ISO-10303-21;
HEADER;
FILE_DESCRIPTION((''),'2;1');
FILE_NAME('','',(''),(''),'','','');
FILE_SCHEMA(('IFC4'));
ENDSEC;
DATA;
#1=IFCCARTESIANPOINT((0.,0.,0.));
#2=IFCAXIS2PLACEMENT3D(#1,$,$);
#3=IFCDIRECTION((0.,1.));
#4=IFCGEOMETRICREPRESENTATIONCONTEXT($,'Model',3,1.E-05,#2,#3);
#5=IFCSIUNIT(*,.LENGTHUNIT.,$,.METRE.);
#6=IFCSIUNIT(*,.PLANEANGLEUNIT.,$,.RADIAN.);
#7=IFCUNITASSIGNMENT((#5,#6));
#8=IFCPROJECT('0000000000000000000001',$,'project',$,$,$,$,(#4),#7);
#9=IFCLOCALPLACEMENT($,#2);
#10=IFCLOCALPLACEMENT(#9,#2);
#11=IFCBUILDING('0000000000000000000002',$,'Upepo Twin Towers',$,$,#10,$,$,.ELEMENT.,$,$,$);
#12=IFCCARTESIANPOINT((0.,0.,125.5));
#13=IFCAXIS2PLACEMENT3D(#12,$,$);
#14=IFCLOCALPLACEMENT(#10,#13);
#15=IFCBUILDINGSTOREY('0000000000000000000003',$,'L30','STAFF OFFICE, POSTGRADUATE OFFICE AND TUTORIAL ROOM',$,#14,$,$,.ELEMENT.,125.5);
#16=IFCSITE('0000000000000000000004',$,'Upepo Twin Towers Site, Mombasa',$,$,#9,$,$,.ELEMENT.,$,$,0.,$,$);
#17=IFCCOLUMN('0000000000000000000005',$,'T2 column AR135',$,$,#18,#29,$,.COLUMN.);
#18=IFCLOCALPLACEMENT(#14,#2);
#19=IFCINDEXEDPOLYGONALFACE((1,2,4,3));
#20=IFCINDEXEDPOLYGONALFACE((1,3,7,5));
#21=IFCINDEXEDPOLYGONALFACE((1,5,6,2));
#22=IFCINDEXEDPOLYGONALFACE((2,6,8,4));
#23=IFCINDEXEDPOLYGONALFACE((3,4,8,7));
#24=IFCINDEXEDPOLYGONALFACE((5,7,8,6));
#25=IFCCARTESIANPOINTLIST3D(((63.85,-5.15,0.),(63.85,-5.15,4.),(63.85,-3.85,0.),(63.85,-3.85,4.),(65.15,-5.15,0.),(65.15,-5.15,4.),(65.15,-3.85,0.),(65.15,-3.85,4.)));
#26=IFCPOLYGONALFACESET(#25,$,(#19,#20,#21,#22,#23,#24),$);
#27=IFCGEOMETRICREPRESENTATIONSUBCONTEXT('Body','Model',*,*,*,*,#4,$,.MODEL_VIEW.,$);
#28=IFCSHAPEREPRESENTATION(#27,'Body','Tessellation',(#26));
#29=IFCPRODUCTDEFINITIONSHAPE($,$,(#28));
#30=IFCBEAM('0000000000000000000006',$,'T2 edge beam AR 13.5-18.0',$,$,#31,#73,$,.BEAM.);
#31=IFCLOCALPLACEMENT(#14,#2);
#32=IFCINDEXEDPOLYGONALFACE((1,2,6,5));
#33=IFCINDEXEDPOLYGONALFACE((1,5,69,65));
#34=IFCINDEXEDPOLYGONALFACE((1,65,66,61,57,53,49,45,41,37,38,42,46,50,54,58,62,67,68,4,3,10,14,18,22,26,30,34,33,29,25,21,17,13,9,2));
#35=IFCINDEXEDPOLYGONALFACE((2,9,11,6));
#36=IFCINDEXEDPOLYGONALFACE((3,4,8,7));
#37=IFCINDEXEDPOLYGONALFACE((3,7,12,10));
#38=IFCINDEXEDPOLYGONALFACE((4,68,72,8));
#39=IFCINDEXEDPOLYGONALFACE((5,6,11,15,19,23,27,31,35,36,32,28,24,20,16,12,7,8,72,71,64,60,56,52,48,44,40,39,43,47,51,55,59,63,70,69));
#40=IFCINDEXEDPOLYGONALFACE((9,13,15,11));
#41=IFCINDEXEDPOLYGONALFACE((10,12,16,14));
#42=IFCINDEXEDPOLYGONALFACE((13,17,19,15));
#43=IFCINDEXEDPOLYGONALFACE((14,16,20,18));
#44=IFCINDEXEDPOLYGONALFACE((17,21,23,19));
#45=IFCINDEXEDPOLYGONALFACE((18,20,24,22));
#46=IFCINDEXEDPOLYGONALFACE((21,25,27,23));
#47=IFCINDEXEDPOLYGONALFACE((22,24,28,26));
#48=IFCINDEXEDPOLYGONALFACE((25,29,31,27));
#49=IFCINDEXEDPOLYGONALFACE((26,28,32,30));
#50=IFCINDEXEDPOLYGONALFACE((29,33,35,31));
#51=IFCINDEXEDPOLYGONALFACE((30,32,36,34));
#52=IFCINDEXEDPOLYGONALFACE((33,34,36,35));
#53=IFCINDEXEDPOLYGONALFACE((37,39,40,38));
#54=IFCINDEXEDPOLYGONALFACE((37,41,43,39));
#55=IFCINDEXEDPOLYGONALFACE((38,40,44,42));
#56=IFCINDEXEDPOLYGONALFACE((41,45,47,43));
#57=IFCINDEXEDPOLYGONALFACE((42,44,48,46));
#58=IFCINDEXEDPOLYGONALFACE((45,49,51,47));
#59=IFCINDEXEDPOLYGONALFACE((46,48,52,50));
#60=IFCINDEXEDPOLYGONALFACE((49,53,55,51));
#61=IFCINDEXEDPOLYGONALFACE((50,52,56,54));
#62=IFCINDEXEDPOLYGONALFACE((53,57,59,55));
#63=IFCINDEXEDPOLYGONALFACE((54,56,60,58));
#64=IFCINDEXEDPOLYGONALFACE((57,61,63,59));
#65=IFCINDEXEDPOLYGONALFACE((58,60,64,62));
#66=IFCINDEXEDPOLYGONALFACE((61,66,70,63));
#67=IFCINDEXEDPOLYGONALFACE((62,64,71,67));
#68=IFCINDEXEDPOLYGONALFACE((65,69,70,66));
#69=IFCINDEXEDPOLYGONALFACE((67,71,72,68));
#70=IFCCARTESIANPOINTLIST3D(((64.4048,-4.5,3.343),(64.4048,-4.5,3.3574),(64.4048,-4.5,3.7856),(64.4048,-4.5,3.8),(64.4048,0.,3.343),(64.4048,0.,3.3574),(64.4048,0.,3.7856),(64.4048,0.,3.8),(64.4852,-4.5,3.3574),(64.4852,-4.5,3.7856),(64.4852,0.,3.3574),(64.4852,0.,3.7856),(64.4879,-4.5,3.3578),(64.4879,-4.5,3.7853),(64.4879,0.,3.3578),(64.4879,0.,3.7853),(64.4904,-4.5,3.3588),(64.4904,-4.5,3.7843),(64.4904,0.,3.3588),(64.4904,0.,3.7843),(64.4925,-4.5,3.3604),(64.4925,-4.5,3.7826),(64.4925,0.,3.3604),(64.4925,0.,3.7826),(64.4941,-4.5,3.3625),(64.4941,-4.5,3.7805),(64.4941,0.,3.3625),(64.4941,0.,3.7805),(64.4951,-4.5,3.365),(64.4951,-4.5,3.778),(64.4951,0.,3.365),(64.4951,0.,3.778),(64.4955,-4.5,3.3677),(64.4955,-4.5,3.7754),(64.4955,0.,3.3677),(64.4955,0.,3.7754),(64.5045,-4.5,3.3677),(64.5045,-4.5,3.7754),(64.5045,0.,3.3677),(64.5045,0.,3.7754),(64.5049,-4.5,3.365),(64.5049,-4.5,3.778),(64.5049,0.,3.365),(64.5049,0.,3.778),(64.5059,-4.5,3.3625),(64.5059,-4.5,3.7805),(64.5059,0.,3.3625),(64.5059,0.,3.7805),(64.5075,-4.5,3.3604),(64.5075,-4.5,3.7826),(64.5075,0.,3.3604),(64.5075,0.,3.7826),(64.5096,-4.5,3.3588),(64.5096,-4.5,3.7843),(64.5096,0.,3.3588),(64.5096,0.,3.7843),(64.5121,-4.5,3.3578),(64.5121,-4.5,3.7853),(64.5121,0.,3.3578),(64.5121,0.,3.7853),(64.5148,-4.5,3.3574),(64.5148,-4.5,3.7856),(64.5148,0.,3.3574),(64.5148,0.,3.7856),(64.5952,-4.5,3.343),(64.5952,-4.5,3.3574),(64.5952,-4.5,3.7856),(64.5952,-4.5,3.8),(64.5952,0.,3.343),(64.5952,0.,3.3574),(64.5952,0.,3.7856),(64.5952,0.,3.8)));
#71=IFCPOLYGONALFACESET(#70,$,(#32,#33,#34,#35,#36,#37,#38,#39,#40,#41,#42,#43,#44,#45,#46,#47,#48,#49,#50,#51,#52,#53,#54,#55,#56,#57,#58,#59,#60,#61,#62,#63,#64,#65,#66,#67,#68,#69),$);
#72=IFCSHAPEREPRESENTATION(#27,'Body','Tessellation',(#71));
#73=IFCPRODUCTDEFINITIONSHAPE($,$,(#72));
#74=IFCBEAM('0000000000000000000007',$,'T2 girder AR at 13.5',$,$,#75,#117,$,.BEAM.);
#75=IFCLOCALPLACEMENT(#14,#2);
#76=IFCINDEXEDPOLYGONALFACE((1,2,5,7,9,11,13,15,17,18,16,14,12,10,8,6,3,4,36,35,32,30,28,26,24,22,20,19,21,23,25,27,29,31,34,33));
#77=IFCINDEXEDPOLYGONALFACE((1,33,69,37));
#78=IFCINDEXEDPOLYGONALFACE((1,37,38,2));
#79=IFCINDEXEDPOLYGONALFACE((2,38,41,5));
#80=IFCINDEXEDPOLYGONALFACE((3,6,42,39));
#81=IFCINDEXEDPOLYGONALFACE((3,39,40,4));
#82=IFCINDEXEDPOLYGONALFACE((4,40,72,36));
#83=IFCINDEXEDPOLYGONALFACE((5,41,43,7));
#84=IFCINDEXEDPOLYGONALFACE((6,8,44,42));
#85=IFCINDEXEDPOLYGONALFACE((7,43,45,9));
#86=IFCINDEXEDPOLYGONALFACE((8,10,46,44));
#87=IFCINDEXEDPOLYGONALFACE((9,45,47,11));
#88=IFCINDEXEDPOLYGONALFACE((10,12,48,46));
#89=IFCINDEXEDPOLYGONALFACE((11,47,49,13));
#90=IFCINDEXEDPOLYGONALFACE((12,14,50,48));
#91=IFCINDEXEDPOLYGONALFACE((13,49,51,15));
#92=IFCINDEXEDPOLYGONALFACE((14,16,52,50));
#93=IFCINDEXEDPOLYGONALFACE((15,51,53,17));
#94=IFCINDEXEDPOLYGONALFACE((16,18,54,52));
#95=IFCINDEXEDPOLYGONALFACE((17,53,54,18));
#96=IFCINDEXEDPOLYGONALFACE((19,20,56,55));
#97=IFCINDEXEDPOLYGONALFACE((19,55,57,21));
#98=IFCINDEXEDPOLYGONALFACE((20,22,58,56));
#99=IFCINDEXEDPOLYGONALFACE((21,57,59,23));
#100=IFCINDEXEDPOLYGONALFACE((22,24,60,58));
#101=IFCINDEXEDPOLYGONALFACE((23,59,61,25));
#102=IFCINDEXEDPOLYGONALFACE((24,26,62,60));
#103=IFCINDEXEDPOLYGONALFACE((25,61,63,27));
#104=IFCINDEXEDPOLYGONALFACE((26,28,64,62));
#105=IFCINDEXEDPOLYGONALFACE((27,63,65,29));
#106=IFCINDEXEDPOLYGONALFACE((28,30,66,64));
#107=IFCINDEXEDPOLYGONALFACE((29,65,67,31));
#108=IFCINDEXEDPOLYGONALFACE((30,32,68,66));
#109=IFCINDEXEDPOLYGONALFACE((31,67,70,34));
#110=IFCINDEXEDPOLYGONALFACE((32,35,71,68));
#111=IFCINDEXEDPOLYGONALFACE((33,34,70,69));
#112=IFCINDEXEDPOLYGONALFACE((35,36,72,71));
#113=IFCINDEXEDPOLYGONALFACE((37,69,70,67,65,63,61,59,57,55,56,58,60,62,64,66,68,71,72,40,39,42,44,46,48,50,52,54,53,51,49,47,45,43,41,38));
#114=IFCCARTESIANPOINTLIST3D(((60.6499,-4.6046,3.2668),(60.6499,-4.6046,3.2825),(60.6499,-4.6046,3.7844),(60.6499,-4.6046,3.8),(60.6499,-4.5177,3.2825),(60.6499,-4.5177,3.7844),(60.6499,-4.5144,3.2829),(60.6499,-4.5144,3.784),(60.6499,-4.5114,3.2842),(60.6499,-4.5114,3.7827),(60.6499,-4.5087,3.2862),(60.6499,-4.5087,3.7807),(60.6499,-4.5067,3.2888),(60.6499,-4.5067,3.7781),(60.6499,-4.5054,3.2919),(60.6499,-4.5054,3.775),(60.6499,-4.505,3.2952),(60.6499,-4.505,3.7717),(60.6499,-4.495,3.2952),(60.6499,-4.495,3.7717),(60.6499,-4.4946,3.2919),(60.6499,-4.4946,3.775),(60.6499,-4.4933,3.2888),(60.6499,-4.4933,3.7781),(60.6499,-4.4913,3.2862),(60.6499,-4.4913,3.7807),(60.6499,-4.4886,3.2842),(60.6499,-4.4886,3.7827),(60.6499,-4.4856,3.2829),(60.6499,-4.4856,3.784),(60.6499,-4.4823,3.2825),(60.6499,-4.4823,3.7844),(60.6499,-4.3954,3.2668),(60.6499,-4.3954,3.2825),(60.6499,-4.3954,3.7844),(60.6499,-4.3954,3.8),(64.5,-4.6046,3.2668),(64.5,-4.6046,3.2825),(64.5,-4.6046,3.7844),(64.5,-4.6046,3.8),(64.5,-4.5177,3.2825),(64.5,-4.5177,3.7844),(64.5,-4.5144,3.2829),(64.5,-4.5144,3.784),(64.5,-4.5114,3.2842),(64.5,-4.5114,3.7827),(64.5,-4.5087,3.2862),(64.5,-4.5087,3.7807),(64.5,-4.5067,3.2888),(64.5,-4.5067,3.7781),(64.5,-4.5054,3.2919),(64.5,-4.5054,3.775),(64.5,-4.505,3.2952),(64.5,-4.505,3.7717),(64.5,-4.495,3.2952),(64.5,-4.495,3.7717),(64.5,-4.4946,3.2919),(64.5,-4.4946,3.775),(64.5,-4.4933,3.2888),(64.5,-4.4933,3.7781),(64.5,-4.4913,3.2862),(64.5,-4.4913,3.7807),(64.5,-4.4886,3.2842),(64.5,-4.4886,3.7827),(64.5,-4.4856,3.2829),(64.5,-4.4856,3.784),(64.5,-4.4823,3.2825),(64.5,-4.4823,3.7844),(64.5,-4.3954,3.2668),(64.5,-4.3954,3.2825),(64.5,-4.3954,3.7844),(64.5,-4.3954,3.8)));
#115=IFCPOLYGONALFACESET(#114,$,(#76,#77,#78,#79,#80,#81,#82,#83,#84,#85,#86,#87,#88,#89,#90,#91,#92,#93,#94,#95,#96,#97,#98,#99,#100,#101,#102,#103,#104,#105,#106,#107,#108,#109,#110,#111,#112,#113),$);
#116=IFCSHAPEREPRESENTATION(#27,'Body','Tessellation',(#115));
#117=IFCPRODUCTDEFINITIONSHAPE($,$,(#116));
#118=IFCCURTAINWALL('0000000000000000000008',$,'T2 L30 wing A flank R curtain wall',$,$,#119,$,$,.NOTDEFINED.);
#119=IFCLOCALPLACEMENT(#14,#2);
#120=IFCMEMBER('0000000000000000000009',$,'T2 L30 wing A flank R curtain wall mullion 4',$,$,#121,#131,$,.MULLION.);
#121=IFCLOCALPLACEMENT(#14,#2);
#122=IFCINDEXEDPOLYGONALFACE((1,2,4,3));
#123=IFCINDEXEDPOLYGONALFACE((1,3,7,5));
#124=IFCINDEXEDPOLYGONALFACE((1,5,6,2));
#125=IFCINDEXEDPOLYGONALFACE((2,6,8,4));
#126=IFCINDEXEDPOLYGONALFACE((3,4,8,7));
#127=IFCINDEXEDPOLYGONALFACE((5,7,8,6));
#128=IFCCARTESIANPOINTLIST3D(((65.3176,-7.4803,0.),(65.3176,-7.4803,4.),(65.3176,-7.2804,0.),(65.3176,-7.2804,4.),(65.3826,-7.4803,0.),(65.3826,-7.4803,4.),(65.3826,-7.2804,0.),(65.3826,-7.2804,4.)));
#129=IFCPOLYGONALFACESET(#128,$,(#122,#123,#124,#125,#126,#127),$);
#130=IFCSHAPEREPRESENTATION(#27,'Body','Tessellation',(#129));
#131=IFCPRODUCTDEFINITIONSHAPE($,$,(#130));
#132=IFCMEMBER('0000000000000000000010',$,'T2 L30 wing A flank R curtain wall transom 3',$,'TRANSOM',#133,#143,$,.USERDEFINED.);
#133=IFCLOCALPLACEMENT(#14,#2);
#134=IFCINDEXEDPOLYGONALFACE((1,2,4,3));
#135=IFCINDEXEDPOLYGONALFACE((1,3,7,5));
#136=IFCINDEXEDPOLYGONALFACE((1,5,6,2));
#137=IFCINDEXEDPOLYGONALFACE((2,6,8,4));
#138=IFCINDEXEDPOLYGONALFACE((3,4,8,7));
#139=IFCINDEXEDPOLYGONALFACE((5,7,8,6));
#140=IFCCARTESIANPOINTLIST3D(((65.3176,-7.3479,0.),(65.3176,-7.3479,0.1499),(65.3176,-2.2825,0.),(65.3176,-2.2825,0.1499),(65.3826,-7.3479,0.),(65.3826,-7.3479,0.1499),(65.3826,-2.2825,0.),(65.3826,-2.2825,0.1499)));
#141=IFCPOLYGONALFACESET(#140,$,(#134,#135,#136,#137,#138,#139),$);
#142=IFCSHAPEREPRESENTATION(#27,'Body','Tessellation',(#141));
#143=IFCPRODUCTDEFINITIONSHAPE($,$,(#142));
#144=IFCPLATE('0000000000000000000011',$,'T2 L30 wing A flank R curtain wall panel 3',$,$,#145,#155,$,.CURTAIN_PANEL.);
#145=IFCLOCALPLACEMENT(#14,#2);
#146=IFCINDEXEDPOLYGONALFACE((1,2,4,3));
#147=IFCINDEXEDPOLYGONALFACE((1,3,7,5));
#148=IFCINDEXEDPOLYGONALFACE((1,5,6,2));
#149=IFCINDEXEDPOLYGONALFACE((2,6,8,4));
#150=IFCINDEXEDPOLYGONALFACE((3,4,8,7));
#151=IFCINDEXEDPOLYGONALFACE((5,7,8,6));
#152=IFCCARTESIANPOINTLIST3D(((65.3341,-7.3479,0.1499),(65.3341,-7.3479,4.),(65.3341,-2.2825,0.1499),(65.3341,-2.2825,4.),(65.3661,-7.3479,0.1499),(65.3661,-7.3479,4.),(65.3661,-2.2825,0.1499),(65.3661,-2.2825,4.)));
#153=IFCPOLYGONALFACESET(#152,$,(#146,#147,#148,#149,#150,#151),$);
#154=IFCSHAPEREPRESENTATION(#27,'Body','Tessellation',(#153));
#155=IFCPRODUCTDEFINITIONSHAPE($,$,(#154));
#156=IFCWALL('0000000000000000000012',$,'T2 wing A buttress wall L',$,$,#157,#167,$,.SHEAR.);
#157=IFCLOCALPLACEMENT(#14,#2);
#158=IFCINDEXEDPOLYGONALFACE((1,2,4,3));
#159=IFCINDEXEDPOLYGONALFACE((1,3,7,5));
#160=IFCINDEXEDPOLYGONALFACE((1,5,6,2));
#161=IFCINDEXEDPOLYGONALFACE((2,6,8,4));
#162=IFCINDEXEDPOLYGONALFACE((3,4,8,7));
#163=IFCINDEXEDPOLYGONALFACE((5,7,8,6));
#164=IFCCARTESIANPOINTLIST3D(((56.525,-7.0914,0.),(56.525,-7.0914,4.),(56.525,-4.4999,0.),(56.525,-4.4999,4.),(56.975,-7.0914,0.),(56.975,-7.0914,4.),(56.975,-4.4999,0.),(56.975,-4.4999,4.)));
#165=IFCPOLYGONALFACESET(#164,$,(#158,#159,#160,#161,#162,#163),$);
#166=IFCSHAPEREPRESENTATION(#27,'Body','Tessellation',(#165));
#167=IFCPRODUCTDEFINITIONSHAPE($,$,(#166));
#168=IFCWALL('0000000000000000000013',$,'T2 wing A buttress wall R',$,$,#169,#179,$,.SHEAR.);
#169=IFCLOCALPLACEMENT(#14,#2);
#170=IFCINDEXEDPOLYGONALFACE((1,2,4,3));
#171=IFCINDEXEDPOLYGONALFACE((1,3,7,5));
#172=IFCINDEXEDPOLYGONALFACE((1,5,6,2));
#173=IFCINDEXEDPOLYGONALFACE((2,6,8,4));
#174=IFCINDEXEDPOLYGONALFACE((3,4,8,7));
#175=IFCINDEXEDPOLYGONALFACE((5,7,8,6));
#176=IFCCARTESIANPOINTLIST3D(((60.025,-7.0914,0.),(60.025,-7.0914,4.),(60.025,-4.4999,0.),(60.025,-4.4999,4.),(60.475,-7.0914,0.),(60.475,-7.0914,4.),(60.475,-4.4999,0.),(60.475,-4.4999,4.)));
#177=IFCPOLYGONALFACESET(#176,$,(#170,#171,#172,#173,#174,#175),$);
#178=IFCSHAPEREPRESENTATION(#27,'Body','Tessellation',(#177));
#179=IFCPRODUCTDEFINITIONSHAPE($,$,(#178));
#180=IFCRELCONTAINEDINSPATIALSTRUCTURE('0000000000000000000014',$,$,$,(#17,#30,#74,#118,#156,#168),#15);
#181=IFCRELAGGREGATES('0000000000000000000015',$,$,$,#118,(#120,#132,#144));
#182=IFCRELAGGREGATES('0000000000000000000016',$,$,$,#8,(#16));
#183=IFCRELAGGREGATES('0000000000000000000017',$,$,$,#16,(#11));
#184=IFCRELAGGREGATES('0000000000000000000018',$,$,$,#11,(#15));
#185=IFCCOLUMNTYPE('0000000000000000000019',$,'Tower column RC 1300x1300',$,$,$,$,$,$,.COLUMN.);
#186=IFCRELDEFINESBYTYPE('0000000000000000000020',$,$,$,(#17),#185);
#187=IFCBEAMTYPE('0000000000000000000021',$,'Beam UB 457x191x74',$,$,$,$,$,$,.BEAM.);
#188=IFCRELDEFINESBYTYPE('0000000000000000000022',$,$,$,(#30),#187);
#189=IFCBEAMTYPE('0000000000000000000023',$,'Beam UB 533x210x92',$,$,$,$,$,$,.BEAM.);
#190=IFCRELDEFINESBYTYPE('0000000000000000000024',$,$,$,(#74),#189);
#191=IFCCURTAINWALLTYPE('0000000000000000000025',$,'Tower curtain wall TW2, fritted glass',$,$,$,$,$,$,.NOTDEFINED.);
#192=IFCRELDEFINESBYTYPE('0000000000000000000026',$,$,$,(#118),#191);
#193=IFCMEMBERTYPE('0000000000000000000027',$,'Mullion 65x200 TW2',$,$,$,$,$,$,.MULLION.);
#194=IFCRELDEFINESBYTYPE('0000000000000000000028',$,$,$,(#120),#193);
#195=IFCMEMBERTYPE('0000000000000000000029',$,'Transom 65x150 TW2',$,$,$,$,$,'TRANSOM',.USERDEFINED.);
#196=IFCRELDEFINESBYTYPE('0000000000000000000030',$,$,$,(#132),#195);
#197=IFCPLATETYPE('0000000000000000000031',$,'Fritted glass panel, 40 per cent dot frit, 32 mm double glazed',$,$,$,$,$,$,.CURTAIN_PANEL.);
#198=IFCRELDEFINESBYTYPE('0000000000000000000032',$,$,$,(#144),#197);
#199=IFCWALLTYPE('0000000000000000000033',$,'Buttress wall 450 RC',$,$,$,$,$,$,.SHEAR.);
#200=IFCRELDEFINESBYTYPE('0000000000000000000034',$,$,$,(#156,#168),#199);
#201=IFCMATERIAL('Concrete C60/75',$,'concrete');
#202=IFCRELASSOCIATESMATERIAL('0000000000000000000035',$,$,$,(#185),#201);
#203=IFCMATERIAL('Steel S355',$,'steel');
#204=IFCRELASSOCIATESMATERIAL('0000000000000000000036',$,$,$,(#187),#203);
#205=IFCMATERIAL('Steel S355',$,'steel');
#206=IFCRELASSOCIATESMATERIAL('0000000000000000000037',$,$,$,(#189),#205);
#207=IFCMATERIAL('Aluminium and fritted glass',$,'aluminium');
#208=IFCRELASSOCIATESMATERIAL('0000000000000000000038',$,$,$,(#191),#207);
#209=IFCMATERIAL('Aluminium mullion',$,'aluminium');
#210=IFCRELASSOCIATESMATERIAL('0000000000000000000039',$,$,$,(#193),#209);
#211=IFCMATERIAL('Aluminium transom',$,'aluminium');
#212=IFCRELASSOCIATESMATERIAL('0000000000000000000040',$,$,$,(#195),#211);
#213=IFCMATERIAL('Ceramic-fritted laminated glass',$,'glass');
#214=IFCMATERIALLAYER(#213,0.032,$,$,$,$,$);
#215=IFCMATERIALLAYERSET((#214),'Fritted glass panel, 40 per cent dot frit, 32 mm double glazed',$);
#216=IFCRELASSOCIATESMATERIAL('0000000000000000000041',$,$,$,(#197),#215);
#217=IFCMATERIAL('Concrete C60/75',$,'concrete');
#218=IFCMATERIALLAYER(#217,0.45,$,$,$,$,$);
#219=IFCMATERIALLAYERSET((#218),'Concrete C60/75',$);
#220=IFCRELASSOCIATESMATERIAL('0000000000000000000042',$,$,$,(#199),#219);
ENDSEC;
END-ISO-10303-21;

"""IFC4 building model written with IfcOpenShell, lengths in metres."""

from ifc_helpers import new_model, si_unit, direction, frame, frame_2d, origin, origin_2d, place, context, subcontext, project, spatial, rectangle, i_section, extrude, material, layer, layer_set, material_profile, profile_set, type_object, element, aggregate, save


model = new_model("IFC4")

# Units and contexts
model_context = context("Model", 3, precision=1e-05, world=origin(), true_north=direction((0.0, 1.0)))
body_context = subcontext(model_context, "Body", "Model", "MODEL_VIEW")
ifc_project = project(units=[si_unit("LENGTHUNIT", "METRE"), si_unit("PLANEANGLEUNIT", "RADIAN")], contexts=[model_context])

# Site, building, storey
site_placement = place(None, origin())
site = spatial("IfcSite", under=ifc_project, at=site_placement, Name="Upepo Twin Towers Site, Mombasa", CompositionType="ELEMENT", RefElevation=0.0)
building_placement = place(site_placement, origin())
building = spatial("IfcBuilding", under=site, at=building_placement, Name="Upepo Twin Towers", CompositionType="ELEMENT")
storey_placement = place(building_placement, frame((0.0, 0.0, 125.5)))
storey = spatial("IfcBuildingStorey", under=building, at=storey_placement, Name="L30", Description="STAFF OFFICE, POSTGRADUATE OFFICE AND TUTORIAL ROOM", CompositionType="ELEMENT", Elevation=125.5)

# Column
ifc_material_1 = material(Name="Concrete C60/75", Category="concrete")
ifc_material_profile_1 = material_profile(ifc_material_1, rectangle(XDim=1.3, YDim=1.3, at=origin_2d()), Name="RC 1300x1300")
ifc_profile_set_1 = profile_set([ifc_material_profile_1], Name="Concrete C60/75")
column_type = type_object("IfcColumnType", Name="Tower column RC 1300x1300", PredefinedType="COLUMN", material=ifc_profile_set_1)
column_placement = place(storey_placement, frame((64.5, -4.5, 0.0), z_axis=(0.0, 0.0, 1.0), x_axis=(1.0, 0.0, 0.0)))
element("IfcColumn", 1, at=column_placement, inside=storey, type_object=column_type, Name="T2 column AR135", PredefinedType="COLUMN", context=body_context, shape_type="SweptSolid", body=[
    extrude(rectangle(XDim=1.3, YDim=1.3, at=origin_2d()), origin(), (0.0, 0.0, 1.0), 4.0),
])

# Beams
ifc_material_2 = material(Name="Steel S355", Category="steel")
ifc_material_profile_2 = material_profile(ifc_material_2, i_section(OverallWidth=0.1904, OverallDepth=0.457, WebThickness=0.009, FlangeThickness=0.0144, FilletRadius=0.0103, at=origin_2d()), Name="UB 457x191x74")
ifc_profile_set_2 = profile_set([ifc_material_profile_2], Name="Steel S355")
beam_type_1 = type_object("IfcBeamType", Name="Beam UB 457x191x74", PredefinedType="BEAM", material=ifc_profile_set_2)
beam_1_placement = place(storey_placement, frame((64.5, -4.5, 3.5715), z_axis=(0.0, 1.0, 0.0), x_axis=(-1.0, 0.0, 0.0)))
element("IfcBeam", 2, at=beam_1_placement, inside=storey, type_object=beam_type_1, Name="T2 edge beam AR 13.5-18.0", PredefinedType="BEAM", context=body_context, shape_type="SweptSolid", body=[
    extrude(i_section(OverallWidth=0.1904, OverallDepth=0.457, WebThickness=0.009, FlangeThickness=0.0144, FilletRadius=0.0103, at=origin_2d()), origin(), (0.0, 0.0, 1.0), 4.5),
])
ifc_material_3 = material(Name="Steel S355", Category="steel")
ifc_material_profile_3 = material_profile(ifc_material_3, i_section(OverallWidth=0.2092, OverallDepth=0.5332, WebThickness=0.01, FlangeThickness=0.0156, FilletRadius=0.0127, at=origin_2d()), Name="UB 533x210x92")
ifc_profile_set_3 = profile_set([ifc_material_profile_3], Name="Steel S355")
beam_type_2 = type_object("IfcBeamType", Name="Beam UB 533x210x92", PredefinedType="BEAM", material=ifc_profile_set_3)
beam_2_placement = place(storey_placement, frame((64.5, -4.5, 3.5334), z_axis=(-1.0, 0.0, 0.0), x_axis=(0.0, -1.0, 0.0)))
element("IfcBeam", 3, at=beam_2_placement, inside=storey, type_object=beam_type_2, Name="T2 girder AR at 13.5", PredefinedType="BEAM", context=body_context, shape_type="SweptSolid", body=[
    extrude(i_section(OverallWidth=0.2092, OverallDepth=0.5332, WebThickness=0.01, FlangeThickness=0.0156, FilletRadius=0.0127, at=origin_2d()), origin(), (0.0, 0.0, 1.0), 3.8501),
])

# Curtain wall, members, plate
ifc_material_4 = material(Name="Aluminium and fritted glass", Category="aluminium")
curtain_wall_type = type_object("IfcCurtainWallType", Name="Tower curtain wall TW2, fritted glass", PredefinedType="NOTDEFINED", material=ifc_material_4)
curtain_wall_placement = place(storey_placement, origin())
curtain_wall = element("IfcCurtainWall", 4, at=curtain_wall_placement, inside=storey, type_object=curtain_wall_type, Name="T2 L30 wing A flank R curtain wall", PredefinedType="NOTDEFINED")
ifc_material_5 = material(Name="Aluminium mullion", Category="aluminium")
ifc_material_profile_4 = material_profile(ifc_material_5, rectangle(XDim=0.0649, YDim=0.2, at=origin_2d()), Name="MULLION 65x200")
ifc_profile_set_4 = profile_set([ifc_material_profile_4], Name="Aluminium mullion")
member_type_1 = type_object("IfcMemberType", Name="Mullion 65x200 TW2", PredefinedType="MULLION", material=ifc_profile_set_4)
member_1_placement = place(storey_placement, frame((65.3501, -7.3804, 0.0), z_axis=(0.0, 0.0, 1.0), x_axis=(1.0, 0.0, 0.0)))
member_1 = element("IfcMember", 5, at=member_1_placement, type_object=member_type_1, Name="T2 L30 wing A flank R curtain wall mullion 4", PredefinedType="MULLION", context=body_context, shape_type="SweptSolid", body=[
    extrude(rectangle(XDim=0.0649, YDim=0.2, at=origin_2d()), origin(), (0.0, 0.0, 1.0), 4.0),
])
ifc_material_6 = material(Name="Aluminium transom", Category="aluminium")
ifc_material_profile_5 = material_profile(ifc_material_6, rectangle(XDim=0.0649, YDim=0.1499, at=origin_2d()), Name="TRANSOM 65x150")
ifc_profile_set_5 = profile_set([ifc_material_profile_5], Name="Aluminium transom")
member_type_2 = type_object("IfcMemberType", Name="Transom 65x150 TW2", ElementType="TRANSOM", PredefinedType="USERDEFINED", material=ifc_profile_set_5)
member_2_placement = place(storey_placement, frame((65.3501, -2.2825, 0.075), z_axis=(0.0, -1.0, 0.0), x_axis=(1.0, 0.0, 0.0)))
member_2 = element("IfcMember", 6, at=member_2_placement, type_object=member_type_2, Name="T2 L30 wing A flank R curtain wall transom 3", ObjectType="TRANSOM", PredefinedType="USERDEFINED", context=body_context, shape_type="SweptSolid", body=[
    extrude(rectangle(XDim=0.0649, YDim=0.1499, at=origin_2d()), origin(), (0.0, 0.0, 1.0), 5.0654),
])
ifc_material_7 = material(Name="Ceramic-fritted laminated glass", Category="glass")
ifc_layer_1 = layer(ifc_material_7, 0.032)
ifc_layer_set_1 = layer_set([ifc_layer_1], Name="Fritted glass panel, 40 per cent dot frit, 32 mm double glazed")
plate_type = type_object("IfcPlateType", Name="Fritted glass panel, 40 per cent dot frit, 32 mm double glazed", PredefinedType="CURTAIN_PANEL", material=ifc_layer_set_1)
plate_placement = place(storey_placement, frame((65.3501, -4.8152, 0.1499), z_axis=(0.0, 0.0, 1.0), x_axis=(0.0, -1.0, 0.0)))
plate = element("IfcPlate", 7, at=plate_placement, type_object=plate_type, Name="T2 L30 wing A flank R curtain wall panel 3", PredefinedType="CURTAIN_PANEL", context=body_context, shape_type="SweptSolid", body=[
    extrude(rectangle(XDim=5.0654, YDim=0.032, at=origin_2d()), origin(), (0.0, 0.0, 1.0), 3.8501),
])
aggregate(curtain_wall, [member_1, member_2, plate])

# Walls
ifc_material_8 = material(Name="Concrete C60/75", Category="concrete")
ifc_layer_2 = layer(ifc_material_8, 0.45)
ifc_layer_set_2 = layer_set([ifc_layer_2], Name="Concrete C60/75")
wall_type_1 = type_object("IfcWallType", Name="Buttress wall 450 RC", PredefinedType="SHEAR", material=ifc_layer_set_2)
for number, where, z_axis, x_axis, name in (
    (8, (56.75, -7.0916, 0.0), (0.0, 0.0, 1.0), (0.0, 1.0, 0.0), "T2 wing A buttress wall L"),
    (9, (60.25, -7.0916, 0.0), (0.0, 0.0, 1.0), (0.0, 1.0, 0.0), "T2 wing A buttress wall R"),
):
    element("IfcWall", number, at=place(storey_placement, frame(where, z_axis=z_axis, x_axis=x_axis)), inside=storey, type_object=wall_type_1, Name=name, PredefinedType="SHEAR", context=body_context, shape_type="SweptSolid", body=[
        extrude(rectangle(XDim=2.5916, YDim=0.45, at=frame_2d((1.2959, 0.0))), origin(), (0.0, 0.0, 1.0), 4.0),
    ])

save(model, "model.ifc")
